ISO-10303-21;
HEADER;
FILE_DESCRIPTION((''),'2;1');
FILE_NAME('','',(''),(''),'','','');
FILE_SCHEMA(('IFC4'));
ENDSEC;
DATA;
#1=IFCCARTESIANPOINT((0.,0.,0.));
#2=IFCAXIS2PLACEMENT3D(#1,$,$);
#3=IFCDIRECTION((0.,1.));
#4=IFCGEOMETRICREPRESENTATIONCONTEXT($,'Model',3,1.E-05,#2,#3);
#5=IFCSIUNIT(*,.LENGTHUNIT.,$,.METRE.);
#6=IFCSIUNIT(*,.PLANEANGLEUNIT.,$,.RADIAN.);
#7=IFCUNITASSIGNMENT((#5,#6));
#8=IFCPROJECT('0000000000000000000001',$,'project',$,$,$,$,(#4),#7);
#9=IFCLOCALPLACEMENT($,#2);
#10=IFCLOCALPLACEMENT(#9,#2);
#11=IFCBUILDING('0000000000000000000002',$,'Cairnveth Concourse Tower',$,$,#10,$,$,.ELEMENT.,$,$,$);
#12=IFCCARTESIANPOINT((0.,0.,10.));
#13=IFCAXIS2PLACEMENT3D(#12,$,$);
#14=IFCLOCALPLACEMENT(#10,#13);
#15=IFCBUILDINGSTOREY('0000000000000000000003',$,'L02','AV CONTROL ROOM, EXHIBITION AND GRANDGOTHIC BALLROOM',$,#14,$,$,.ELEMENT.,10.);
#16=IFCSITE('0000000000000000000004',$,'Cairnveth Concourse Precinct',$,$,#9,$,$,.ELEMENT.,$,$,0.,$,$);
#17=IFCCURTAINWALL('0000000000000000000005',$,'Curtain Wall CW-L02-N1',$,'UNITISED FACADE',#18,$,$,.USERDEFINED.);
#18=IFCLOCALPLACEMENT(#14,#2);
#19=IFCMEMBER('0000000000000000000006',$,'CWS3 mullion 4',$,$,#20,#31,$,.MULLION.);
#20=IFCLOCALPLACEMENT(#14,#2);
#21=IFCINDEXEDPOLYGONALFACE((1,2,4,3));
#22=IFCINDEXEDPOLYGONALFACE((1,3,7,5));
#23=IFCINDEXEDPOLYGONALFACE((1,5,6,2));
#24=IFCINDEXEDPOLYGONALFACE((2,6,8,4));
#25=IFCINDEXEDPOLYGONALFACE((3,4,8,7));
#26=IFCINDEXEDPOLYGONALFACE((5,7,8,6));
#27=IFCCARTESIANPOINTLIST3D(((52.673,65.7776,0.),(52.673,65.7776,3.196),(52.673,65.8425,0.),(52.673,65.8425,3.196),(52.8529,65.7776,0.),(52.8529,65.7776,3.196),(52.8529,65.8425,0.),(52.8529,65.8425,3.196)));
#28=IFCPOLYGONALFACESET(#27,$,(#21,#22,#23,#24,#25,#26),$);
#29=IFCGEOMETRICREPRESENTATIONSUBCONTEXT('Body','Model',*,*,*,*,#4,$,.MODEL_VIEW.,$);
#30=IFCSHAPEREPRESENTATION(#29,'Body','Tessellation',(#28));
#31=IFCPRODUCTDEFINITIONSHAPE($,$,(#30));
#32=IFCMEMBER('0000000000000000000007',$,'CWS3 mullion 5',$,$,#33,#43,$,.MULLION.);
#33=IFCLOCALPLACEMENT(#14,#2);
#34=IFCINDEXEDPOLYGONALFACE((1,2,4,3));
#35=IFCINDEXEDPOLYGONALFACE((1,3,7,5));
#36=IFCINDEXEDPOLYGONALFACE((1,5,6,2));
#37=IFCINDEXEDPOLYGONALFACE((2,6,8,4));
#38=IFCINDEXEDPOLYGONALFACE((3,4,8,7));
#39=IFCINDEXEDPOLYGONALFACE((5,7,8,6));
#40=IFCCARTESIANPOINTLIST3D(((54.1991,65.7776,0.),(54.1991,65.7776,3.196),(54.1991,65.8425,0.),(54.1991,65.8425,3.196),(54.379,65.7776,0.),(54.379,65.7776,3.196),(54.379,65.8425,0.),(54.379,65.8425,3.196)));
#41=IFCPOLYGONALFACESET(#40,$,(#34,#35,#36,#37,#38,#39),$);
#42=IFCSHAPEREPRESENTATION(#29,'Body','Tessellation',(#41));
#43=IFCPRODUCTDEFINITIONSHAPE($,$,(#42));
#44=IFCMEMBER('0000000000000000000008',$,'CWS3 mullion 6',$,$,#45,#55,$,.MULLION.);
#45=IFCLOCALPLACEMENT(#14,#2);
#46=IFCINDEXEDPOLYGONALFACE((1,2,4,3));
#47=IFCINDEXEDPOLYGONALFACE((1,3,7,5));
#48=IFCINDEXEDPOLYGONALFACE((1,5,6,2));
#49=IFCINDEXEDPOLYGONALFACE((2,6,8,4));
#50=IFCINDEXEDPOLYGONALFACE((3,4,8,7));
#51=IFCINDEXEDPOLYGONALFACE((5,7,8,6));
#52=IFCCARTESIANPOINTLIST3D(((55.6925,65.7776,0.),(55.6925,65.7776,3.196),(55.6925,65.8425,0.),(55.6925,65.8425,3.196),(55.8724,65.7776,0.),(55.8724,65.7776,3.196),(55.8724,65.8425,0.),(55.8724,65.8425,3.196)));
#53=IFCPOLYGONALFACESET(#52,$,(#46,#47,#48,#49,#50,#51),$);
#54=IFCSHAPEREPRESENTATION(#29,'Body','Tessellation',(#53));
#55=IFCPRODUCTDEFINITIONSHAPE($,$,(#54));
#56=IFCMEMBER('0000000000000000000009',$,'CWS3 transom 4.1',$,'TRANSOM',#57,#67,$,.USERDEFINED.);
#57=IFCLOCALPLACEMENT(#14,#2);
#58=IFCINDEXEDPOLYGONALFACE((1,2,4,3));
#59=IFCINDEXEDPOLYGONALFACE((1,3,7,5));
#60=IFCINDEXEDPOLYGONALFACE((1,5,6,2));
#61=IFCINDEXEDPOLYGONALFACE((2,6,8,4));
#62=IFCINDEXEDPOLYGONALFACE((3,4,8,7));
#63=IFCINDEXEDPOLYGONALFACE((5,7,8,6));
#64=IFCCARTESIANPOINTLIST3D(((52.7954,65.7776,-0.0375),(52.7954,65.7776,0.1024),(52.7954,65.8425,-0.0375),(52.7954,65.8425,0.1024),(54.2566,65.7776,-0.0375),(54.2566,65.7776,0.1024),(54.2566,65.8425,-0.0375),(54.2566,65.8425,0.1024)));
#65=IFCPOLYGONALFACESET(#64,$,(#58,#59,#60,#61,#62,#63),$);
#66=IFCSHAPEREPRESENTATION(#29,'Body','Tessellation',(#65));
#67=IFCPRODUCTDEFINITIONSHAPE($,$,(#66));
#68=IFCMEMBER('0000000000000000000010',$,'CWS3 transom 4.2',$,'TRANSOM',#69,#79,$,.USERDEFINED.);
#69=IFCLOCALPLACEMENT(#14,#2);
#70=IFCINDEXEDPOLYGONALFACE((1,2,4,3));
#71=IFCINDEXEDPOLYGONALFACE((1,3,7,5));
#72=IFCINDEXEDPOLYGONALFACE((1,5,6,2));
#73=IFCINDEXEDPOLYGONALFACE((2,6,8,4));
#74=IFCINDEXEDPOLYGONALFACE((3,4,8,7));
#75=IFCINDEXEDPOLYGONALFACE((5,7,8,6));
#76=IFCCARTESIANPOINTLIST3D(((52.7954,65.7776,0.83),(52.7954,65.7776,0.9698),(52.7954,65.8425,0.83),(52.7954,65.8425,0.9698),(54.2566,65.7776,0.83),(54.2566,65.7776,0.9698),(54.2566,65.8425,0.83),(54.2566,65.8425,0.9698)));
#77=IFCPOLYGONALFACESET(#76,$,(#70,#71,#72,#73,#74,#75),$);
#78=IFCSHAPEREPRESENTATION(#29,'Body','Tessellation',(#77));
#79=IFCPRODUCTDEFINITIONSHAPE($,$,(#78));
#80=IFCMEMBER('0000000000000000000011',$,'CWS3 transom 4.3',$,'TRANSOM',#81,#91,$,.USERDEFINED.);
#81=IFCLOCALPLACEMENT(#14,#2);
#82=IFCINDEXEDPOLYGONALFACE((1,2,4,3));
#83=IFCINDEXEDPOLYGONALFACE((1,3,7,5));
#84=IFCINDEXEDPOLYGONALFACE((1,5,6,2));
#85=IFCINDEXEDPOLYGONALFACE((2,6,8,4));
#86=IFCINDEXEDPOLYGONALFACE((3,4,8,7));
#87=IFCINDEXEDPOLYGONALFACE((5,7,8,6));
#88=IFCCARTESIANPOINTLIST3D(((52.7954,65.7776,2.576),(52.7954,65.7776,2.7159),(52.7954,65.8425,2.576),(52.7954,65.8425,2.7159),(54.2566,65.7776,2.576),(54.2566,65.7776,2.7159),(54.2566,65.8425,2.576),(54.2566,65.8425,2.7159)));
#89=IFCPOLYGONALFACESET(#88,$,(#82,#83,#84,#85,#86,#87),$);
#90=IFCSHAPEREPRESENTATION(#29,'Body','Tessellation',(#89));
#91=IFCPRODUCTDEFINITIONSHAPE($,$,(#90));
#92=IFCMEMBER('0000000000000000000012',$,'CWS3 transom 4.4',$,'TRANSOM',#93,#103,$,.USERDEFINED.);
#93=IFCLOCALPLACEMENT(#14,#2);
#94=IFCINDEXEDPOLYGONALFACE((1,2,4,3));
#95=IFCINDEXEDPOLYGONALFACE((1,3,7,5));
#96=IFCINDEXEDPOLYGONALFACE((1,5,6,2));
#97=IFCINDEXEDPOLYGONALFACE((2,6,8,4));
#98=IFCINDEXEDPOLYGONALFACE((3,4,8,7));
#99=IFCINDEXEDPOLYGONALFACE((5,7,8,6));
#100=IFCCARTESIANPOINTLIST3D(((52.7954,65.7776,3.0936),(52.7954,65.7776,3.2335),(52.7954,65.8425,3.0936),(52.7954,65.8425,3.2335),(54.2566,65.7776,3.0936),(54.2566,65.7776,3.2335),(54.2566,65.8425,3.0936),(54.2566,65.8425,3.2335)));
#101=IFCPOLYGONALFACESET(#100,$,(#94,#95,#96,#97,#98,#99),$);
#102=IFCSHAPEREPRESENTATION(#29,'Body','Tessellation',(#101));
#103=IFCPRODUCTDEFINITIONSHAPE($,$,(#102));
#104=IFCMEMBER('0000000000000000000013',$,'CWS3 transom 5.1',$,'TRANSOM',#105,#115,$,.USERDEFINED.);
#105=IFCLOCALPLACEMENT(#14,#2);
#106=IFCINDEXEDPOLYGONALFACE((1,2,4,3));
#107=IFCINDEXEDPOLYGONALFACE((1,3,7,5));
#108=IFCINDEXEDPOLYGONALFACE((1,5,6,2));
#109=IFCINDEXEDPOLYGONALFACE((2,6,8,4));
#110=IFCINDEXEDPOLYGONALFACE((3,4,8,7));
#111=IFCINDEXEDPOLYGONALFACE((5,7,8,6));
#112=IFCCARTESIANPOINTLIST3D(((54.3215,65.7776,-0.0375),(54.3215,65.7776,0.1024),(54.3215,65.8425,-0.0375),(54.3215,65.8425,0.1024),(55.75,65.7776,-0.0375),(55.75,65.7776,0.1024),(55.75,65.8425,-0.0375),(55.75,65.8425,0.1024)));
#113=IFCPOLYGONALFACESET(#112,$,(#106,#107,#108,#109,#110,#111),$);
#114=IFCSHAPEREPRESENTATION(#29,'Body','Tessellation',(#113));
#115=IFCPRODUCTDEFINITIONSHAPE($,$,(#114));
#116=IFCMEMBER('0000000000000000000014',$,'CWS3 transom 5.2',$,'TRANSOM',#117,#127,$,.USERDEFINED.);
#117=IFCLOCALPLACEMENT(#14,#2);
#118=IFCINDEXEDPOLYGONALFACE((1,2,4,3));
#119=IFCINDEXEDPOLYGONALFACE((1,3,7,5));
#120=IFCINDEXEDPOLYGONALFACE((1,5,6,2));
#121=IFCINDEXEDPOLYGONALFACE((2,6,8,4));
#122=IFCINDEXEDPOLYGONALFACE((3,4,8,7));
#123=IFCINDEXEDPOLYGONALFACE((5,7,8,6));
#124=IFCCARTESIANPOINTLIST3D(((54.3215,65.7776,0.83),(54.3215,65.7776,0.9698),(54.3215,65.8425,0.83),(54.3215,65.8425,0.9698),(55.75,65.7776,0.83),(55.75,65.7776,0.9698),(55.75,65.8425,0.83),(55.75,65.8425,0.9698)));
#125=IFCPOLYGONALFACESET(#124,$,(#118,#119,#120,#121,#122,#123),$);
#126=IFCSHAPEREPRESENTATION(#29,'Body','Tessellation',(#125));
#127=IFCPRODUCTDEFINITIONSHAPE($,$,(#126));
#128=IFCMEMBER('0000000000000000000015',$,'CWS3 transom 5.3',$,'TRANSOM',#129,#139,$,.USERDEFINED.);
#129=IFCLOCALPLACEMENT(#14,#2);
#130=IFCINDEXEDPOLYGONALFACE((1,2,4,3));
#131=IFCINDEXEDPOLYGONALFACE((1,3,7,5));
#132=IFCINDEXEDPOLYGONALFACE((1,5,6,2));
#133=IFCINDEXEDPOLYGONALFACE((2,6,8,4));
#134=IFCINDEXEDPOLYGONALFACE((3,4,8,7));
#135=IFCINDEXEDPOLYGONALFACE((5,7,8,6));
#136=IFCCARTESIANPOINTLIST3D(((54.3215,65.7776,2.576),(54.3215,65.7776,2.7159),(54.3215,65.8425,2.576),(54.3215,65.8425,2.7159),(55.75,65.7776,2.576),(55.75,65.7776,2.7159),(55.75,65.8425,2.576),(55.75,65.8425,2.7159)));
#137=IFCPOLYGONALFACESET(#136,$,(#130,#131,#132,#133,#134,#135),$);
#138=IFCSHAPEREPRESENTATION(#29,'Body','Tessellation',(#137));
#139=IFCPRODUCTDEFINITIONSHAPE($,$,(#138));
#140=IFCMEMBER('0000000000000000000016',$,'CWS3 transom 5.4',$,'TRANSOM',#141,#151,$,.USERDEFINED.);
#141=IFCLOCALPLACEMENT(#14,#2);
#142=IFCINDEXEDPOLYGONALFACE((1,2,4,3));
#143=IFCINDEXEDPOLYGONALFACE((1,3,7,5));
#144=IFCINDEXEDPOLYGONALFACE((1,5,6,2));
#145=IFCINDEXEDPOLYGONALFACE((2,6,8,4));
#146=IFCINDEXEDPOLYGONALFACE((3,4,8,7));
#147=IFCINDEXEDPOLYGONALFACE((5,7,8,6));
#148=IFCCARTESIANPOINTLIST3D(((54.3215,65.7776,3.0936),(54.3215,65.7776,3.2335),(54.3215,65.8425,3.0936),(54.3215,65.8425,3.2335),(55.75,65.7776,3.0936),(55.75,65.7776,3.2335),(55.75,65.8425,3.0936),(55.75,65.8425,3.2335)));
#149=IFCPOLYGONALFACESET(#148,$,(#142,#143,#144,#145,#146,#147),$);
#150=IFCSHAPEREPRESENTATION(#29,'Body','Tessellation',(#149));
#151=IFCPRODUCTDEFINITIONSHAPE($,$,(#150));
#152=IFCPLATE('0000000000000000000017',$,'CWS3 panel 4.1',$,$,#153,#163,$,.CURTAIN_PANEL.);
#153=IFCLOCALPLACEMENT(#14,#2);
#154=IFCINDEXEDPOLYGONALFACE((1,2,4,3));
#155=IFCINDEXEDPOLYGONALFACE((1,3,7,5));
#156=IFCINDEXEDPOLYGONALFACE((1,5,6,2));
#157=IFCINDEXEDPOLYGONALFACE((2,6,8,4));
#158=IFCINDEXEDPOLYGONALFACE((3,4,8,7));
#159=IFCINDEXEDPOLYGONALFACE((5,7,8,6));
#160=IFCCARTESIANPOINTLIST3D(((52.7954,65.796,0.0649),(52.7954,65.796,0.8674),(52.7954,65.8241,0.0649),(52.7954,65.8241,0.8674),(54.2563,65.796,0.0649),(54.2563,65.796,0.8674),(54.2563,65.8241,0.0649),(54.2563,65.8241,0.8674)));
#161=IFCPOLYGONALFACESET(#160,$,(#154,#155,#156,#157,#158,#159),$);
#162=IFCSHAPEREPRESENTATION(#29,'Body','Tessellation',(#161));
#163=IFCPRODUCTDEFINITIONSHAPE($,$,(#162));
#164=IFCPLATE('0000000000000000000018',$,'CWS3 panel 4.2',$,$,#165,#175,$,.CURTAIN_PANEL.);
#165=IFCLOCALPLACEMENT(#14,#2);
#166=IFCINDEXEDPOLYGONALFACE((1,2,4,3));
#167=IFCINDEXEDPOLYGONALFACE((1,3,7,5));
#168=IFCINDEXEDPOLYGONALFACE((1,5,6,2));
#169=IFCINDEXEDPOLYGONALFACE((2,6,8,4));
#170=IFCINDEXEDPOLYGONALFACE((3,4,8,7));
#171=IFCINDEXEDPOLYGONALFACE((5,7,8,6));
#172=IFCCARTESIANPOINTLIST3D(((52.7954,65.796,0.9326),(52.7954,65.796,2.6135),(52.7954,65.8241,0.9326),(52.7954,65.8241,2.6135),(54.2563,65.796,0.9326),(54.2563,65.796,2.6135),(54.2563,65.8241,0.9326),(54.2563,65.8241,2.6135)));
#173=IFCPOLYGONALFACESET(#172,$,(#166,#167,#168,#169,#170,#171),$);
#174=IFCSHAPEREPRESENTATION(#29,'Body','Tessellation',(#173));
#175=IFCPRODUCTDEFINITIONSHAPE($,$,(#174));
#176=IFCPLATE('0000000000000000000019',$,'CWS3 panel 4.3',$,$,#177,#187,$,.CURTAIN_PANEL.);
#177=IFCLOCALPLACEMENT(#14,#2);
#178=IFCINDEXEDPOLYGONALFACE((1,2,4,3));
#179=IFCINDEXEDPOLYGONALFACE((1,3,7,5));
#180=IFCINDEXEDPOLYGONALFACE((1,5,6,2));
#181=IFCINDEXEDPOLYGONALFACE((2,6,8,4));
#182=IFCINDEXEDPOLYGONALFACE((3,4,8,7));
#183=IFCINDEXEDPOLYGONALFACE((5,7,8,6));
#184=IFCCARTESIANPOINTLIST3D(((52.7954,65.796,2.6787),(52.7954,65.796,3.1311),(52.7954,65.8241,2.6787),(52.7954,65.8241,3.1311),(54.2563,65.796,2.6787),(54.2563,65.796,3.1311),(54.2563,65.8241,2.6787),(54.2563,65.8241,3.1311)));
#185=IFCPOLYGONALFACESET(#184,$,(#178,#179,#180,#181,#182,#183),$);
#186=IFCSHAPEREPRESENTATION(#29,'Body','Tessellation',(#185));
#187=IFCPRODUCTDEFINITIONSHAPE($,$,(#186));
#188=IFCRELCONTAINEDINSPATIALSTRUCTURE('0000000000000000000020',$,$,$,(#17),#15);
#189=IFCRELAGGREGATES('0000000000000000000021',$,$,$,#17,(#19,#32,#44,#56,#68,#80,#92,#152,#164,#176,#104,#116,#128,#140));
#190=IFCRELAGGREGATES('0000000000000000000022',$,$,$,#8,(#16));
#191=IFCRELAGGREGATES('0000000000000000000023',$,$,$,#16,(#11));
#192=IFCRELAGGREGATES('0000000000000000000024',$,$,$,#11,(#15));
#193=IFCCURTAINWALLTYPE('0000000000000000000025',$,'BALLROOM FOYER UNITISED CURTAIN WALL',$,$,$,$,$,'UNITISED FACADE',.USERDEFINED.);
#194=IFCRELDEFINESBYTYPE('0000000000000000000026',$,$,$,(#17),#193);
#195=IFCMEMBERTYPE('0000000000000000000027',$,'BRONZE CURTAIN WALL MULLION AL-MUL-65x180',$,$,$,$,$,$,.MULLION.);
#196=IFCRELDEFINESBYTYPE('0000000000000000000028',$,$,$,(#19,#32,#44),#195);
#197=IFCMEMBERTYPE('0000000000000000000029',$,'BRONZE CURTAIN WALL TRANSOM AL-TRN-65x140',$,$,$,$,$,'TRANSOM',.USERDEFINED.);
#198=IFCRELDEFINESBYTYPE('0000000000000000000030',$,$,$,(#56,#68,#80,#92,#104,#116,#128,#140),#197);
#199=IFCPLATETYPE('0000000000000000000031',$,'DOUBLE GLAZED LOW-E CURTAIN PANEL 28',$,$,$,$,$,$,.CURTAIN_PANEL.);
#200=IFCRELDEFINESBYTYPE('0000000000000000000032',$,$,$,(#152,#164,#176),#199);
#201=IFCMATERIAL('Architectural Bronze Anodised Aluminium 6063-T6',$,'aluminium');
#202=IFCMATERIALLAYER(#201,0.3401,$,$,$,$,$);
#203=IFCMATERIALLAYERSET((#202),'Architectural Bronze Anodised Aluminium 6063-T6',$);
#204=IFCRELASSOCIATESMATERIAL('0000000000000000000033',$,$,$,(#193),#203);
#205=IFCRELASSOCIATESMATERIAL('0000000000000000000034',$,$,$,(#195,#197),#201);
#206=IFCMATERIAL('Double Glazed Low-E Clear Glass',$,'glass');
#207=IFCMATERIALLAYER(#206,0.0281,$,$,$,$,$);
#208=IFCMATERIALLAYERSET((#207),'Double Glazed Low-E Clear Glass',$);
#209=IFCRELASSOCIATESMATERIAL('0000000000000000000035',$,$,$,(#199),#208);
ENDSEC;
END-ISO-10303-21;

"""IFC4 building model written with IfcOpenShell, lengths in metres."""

from ifc_helpers import new_model, si_unit, direction, frame, origin, origin_2d, place, context, subcontext, project, spatial, rectangle, extrude, material, layer, layer_set, material_profile, profile_set, type_object, element, aggregate, save


model = new_model("IFC4")

# Units and contexts
model_context = context("Model", 3, precision=1e-05, world=origin(), true_north=direction((0.0, 1.0)))
body_context = subcontext(model_context, "Body", "Model", "MODEL_VIEW")
ifc_project = project(units=[si_unit("LENGTHUNIT", "METRE"), si_unit("PLANEANGLEUNIT", "RADIAN")], contexts=[model_context])

# Site, building, storey
site_placement = place(None, origin())
site = spatial("IfcSite", under=ifc_project, at=site_placement, Name="Cairnveth Concourse Precinct", CompositionType="ELEMENT", RefElevation=0.0)
building_placement = place(site_placement, origin())
building = spatial("IfcBuilding", under=site, at=building_placement, Name="Cairnveth Concourse Tower", CompositionType="ELEMENT")
storey_placement = place(building_placement, frame((0.0, 0.0, 10.0)))
storey = spatial("IfcBuildingStorey", under=building, at=storey_placement, Name="L02", Description="AV CONTROL ROOM, EXHIBITION AND GRANDGOTHIC BALLROOM", CompositionType="ELEMENT", Elevation=10.0)

# Curtain wall, members, plates
ifc_material_1 = material(Name="Architectural Bronze Anodised Aluminium 6063-T6", Category="aluminium")
ifc_layer_1 = layer(ifc_material_1, 0.3401)
ifc_layer_set_1 = layer_set([ifc_layer_1], Name="Architectural Bronze Anodised Aluminium 6063-T6")
curtain_wall_type = type_object("IfcCurtainWallType", Name="BALLROOM FOYER UNITISED CURTAIN WALL", ElementType="UNITISED FACADE", PredefinedType="USERDEFINED", material=ifc_layer_set_1)
curtain_wall_placement = place(storey_placement, origin())
curtain_wall = element("IfcCurtainWall", 1, at=curtain_wall_placement, inside=storey, type_object=curtain_wall_type, Name="Curtain Wall CW-L02-N1", ObjectType="UNITISED FACADE", PredefinedType="USERDEFINED")
ifc_material_profile_1 = material_profile(ifc_material_1, rectangle(XDim=0.0649, YDim=0.1799, at=origin_2d()), Name="AL-MUL-65x180")
ifc_profile_set_1 = profile_set([ifc_material_profile_1], Name="Architectural Bronze Anodised Aluminium 6063-T6")
member_type_1 = type_object("IfcMemberType", Name="BRONZE CURTAIN WALL MULLION AL-MUL-65x180", PredefinedType="MULLION", material=ifc_profile_set_1)
member_1_placement = place(storey_placement, frame((52.7629, 65.8101, 0.0), z_axis=(0.0, 0.0, 1.0), x_axis=(0.0, 1.0, 0.0)))
member_1 = element("IfcMember", 2, at=member_1_placement, type_object=member_type_1, Name="CWS3 mullion 4", PredefinedType="MULLION", context=body_context, shape_type="SweptSolid", body=[
    extrude(rectangle(XDim=0.0649, YDim=0.1799, at=origin_2d()), origin(), (0.0, 0.0, 1.0), 3.196),
])
member_2_placement = place(storey_placement, frame((54.2891, 65.8101, 0.0), z_axis=(0.0, 0.0, 1.0), x_axis=(0.0, 1.0, 0.0)))
member_2 = element("IfcMember", 3, at=member_2_placement, type_object=member_type_1, Name="CWS3 mullion 5", PredefinedType="MULLION", context=body_context, shape_type="SweptSolid", body=[
    extrude(rectangle(XDim=0.0649, YDim=0.1799, at=origin_2d()), origin(), (0.0, 0.0, 1.0), 3.196),
])
member_3_placement = place(storey_placement, frame((55.7825, 65.8101, 0.0), z_axis=(0.0, 0.0, 1.0), x_axis=(0.0, 1.0, 0.0)))
member_3 = element("IfcMember", 4, at=member_3_placement, type_object=member_type_1, Name="CWS3 mullion 6", PredefinedType="MULLION", context=body_context, shape_type="SweptSolid", body=[
    extrude(rectangle(XDim=0.0649, YDim=0.1799, at=origin_2d()), origin(), (0.0, 0.0, 1.0), 3.196),
])
ifc_material_profile_2 = material_profile(ifc_material_1, rectangle(XDim=0.0649, YDim=0.1399, at=origin_2d()), Name="AL-TRN-65x140")
ifc_profile_set_2 = profile_set([ifc_material_profile_2], Name="Architectural Bronze Anodised Aluminium 6063-T6")
member_type_2 = type_object("IfcMemberType", Name="BRONZE CURTAIN WALL TRANSOM AL-TRN-65x140", ElementType="TRANSOM", PredefinedType="USERDEFINED", material=ifc_profile_set_2)
member_4_placement = place(storey_placement, frame((52.7954, 65.8101, 0.0325), z_axis=(1.0, 0.0, 0.0), x_axis=(0.0, 1.0, 0.0)))
member_4 = element("IfcMember", 5, at=member_4_placement, type_object=member_type_2, Name="CWS3 transom 4.1", ObjectType="TRANSOM", PredefinedType="USERDEFINED", context=body_context, shape_type="SweptSolid", body=[
    extrude(rectangle(XDim=0.0649, YDim=0.1399, at=origin_2d()), origin(), (0.0, 0.0, 1.0), 1.4612),
])
member_5_placement = place(storey_placement, frame((52.7954, 65.8101, 0.8999), z_axis=(1.0, 0.0, 0.0), x_axis=(0.0, 1.0, 0.0)))
member_5 = element("IfcMember", 6, at=member_5_placement, type_object=member_type_2, Name="CWS3 transom 4.2", ObjectType="TRANSOM", PredefinedType="USERDEFINED", context=body_context, shape_type="SweptSolid", body=[
    extrude(rectangle(XDim=0.0649, YDim=0.1399, at=origin_2d()), origin(), (0.0, 0.0, 1.0), 1.4612),
])
member_6_placement = place(storey_placement, frame((52.7954, 65.8101, 2.646), z_axis=(1.0, 0.0, 0.0), x_axis=(0.0, 1.0, 0.0)))
member_6 = element("IfcMember", 7, at=member_6_placement, type_object=member_type_2, Name="CWS3 transom 4.3", ObjectType="TRANSOM", PredefinedType="USERDEFINED", context=body_context, shape_type="SweptSolid", body=[
    extrude(rectangle(XDim=0.0649, YDim=0.1399, at=origin_2d()), origin(), (0.0, 0.0, 1.0), 1.4612),
])
member_7_placement = place(storey_placement, frame((52.7954, 65.8101, 3.1636), z_axis=(1.0, 0.0, 0.0), x_axis=(0.0, 1.0, 0.0)))
member_7 = element("IfcMember", 8, at=member_7_placement, type_object=member_type_2, Name="CWS3 transom 4.4", ObjectType="TRANSOM", PredefinedType="USERDEFINED", context=body_context, shape_type="SweptSolid", body=[
    extrude(rectangle(XDim=0.0649, YDim=0.1399, at=origin_2d()), origin(), (0.0, 0.0, 1.0), 1.4612),
])
member_8_placement = place(storey_placement, frame((54.3215, 65.8101, 0.0325), z_axis=(1.0, 0.0, 0.0), x_axis=(0.0, 1.0, 0.0)))
member_8 = element("IfcMember", 9, at=member_8_placement, type_object=member_type_2, Name="CWS3 transom 5.1", ObjectType="TRANSOM", PredefinedType="USERDEFINED", context=body_context, shape_type="SweptSolid", body=[
    extrude(rectangle(XDim=0.0649, YDim=0.1399, at=origin_2d()), origin(), (0.0, 0.0, 1.0), 1.4285),
])
member_9_placement = place(storey_placement, frame((54.3215, 65.8101, 0.8999), z_axis=(1.0, 0.0, 0.0), x_axis=(0.0, 1.0, 0.0)))
member_9 = element("IfcMember", 10, at=member_9_placement, type_object=member_type_2, Name="CWS3 transom 5.2", ObjectType="TRANSOM", PredefinedType="USERDEFINED", context=body_context, shape_type="SweptSolid", body=[
    extrude(rectangle(XDim=0.0649, YDim=0.1399, at=origin_2d()), origin(), (0.0, 0.0, 1.0), 1.4285),
])
member_10_placement = place(storey_placement, frame((54.3215, 65.8101, 2.646), z_axis=(1.0, 0.0, 0.0), x_axis=(0.0, 1.0, 0.0)))
member_10 = element("IfcMember", 11, at=member_10_placement, type_object=member_type_2, Name="CWS3 transom 5.3", ObjectType="TRANSOM", PredefinedType="USERDEFINED", context=body_context, shape_type="SweptSolid", body=[
    extrude(rectangle(XDim=0.0649, YDim=0.1399, at=origin_2d()), origin(), (0.0, 0.0, 1.0), 1.4285),
])
member_11_placement = place(storey_placement, frame((54.3215, 65.8101, 3.1636), z_axis=(1.0, 0.0, 0.0), x_axis=(0.0, 1.0, 0.0)))
member_11 = element("IfcMember", 12, at=member_11_placement, type_object=member_type_2, Name="CWS3 transom 5.4", ObjectType="TRANSOM", PredefinedType="USERDEFINED", context=body_context, shape_type="SweptSolid", body=[
    extrude(rectangle(XDim=0.0649, YDim=0.1399, at=origin_2d()), origin(), (0.0, 0.0, 1.0), 1.4285),
])
ifc_material_2 = material(Name="Double Glazed Low-E Clear Glass", Category="glass")
ifc_layer_2 = layer(ifc_material_2, 0.0281)
ifc_layer_set_2 = layer_set([ifc_layer_2], Name="Double Glazed Low-E Clear Glass")
plate_type = type_object("IfcPlateType", Name="DOUBLE GLAZED LOW-E CURTAIN PANEL 28", PredefinedType="CURTAIN_PANEL", material=ifc_layer_set_2)
plate_1_placement = place(storey_placement, frame((53.5259, 65.8101, 0.0649), z_axis=(0.0, 0.0, 1.0), x_axis=(1.0, 0.0, 0.0)))
plate_1 = element("IfcPlate", 13, at=plate_1_placement, type_object=plate_type, Name="CWS3 panel 4.1", PredefinedType="CURTAIN_PANEL", context=body_context, shape_type="SweptSolid", body=[
    extrude(rectangle(XDim=1.4609, YDim=0.0281, at=origin_2d()), origin(), (0.0, 0.0, 1.0), 0.8025),
])
plate_2_placement = place(storey_placement, frame((53.5259, 65.8101, 0.9326), z_axis=(0.0, 0.0, 1.0), x_axis=(1.0, 0.0, 0.0)))
plate_2 = element("IfcPlate", 14, at=plate_2_placement, type_object=plate_type, Name="CWS3 panel 4.2", PredefinedType="CURTAIN_PANEL", context=body_context, shape_type="SweptSolid", body=[
    extrude(rectangle(XDim=1.4609, YDim=0.0281, at=origin_2d()), origin(), (0.0, 0.0, 1.0), 1.6809),
])
plate_3_placement = place(storey_placement, frame((53.5259, 65.8101, 2.6787), z_axis=(0.0, 0.0, 1.0), x_axis=(1.0, 0.0, 0.0)))
plate_3 = element("IfcPlate", 15, at=plate_3_placement, type_object=plate_type, Name="CWS3 panel 4.3", PredefinedType="CURTAIN_PANEL", context=body_context, shape_type="SweptSolid", body=[
    extrude(rectangle(XDim=1.4609, YDim=0.0281, at=origin_2d()), origin(), (0.0, 0.0, 1.0), 0.4524),
])
aggregate(curtain_wall, [member_1, member_2, member_3, member_4, member_5, member_6, member_7, plate_1, plate_2, plate_3, member_8, member_9, member_10, member_11])

save(model, "model.ifc")
